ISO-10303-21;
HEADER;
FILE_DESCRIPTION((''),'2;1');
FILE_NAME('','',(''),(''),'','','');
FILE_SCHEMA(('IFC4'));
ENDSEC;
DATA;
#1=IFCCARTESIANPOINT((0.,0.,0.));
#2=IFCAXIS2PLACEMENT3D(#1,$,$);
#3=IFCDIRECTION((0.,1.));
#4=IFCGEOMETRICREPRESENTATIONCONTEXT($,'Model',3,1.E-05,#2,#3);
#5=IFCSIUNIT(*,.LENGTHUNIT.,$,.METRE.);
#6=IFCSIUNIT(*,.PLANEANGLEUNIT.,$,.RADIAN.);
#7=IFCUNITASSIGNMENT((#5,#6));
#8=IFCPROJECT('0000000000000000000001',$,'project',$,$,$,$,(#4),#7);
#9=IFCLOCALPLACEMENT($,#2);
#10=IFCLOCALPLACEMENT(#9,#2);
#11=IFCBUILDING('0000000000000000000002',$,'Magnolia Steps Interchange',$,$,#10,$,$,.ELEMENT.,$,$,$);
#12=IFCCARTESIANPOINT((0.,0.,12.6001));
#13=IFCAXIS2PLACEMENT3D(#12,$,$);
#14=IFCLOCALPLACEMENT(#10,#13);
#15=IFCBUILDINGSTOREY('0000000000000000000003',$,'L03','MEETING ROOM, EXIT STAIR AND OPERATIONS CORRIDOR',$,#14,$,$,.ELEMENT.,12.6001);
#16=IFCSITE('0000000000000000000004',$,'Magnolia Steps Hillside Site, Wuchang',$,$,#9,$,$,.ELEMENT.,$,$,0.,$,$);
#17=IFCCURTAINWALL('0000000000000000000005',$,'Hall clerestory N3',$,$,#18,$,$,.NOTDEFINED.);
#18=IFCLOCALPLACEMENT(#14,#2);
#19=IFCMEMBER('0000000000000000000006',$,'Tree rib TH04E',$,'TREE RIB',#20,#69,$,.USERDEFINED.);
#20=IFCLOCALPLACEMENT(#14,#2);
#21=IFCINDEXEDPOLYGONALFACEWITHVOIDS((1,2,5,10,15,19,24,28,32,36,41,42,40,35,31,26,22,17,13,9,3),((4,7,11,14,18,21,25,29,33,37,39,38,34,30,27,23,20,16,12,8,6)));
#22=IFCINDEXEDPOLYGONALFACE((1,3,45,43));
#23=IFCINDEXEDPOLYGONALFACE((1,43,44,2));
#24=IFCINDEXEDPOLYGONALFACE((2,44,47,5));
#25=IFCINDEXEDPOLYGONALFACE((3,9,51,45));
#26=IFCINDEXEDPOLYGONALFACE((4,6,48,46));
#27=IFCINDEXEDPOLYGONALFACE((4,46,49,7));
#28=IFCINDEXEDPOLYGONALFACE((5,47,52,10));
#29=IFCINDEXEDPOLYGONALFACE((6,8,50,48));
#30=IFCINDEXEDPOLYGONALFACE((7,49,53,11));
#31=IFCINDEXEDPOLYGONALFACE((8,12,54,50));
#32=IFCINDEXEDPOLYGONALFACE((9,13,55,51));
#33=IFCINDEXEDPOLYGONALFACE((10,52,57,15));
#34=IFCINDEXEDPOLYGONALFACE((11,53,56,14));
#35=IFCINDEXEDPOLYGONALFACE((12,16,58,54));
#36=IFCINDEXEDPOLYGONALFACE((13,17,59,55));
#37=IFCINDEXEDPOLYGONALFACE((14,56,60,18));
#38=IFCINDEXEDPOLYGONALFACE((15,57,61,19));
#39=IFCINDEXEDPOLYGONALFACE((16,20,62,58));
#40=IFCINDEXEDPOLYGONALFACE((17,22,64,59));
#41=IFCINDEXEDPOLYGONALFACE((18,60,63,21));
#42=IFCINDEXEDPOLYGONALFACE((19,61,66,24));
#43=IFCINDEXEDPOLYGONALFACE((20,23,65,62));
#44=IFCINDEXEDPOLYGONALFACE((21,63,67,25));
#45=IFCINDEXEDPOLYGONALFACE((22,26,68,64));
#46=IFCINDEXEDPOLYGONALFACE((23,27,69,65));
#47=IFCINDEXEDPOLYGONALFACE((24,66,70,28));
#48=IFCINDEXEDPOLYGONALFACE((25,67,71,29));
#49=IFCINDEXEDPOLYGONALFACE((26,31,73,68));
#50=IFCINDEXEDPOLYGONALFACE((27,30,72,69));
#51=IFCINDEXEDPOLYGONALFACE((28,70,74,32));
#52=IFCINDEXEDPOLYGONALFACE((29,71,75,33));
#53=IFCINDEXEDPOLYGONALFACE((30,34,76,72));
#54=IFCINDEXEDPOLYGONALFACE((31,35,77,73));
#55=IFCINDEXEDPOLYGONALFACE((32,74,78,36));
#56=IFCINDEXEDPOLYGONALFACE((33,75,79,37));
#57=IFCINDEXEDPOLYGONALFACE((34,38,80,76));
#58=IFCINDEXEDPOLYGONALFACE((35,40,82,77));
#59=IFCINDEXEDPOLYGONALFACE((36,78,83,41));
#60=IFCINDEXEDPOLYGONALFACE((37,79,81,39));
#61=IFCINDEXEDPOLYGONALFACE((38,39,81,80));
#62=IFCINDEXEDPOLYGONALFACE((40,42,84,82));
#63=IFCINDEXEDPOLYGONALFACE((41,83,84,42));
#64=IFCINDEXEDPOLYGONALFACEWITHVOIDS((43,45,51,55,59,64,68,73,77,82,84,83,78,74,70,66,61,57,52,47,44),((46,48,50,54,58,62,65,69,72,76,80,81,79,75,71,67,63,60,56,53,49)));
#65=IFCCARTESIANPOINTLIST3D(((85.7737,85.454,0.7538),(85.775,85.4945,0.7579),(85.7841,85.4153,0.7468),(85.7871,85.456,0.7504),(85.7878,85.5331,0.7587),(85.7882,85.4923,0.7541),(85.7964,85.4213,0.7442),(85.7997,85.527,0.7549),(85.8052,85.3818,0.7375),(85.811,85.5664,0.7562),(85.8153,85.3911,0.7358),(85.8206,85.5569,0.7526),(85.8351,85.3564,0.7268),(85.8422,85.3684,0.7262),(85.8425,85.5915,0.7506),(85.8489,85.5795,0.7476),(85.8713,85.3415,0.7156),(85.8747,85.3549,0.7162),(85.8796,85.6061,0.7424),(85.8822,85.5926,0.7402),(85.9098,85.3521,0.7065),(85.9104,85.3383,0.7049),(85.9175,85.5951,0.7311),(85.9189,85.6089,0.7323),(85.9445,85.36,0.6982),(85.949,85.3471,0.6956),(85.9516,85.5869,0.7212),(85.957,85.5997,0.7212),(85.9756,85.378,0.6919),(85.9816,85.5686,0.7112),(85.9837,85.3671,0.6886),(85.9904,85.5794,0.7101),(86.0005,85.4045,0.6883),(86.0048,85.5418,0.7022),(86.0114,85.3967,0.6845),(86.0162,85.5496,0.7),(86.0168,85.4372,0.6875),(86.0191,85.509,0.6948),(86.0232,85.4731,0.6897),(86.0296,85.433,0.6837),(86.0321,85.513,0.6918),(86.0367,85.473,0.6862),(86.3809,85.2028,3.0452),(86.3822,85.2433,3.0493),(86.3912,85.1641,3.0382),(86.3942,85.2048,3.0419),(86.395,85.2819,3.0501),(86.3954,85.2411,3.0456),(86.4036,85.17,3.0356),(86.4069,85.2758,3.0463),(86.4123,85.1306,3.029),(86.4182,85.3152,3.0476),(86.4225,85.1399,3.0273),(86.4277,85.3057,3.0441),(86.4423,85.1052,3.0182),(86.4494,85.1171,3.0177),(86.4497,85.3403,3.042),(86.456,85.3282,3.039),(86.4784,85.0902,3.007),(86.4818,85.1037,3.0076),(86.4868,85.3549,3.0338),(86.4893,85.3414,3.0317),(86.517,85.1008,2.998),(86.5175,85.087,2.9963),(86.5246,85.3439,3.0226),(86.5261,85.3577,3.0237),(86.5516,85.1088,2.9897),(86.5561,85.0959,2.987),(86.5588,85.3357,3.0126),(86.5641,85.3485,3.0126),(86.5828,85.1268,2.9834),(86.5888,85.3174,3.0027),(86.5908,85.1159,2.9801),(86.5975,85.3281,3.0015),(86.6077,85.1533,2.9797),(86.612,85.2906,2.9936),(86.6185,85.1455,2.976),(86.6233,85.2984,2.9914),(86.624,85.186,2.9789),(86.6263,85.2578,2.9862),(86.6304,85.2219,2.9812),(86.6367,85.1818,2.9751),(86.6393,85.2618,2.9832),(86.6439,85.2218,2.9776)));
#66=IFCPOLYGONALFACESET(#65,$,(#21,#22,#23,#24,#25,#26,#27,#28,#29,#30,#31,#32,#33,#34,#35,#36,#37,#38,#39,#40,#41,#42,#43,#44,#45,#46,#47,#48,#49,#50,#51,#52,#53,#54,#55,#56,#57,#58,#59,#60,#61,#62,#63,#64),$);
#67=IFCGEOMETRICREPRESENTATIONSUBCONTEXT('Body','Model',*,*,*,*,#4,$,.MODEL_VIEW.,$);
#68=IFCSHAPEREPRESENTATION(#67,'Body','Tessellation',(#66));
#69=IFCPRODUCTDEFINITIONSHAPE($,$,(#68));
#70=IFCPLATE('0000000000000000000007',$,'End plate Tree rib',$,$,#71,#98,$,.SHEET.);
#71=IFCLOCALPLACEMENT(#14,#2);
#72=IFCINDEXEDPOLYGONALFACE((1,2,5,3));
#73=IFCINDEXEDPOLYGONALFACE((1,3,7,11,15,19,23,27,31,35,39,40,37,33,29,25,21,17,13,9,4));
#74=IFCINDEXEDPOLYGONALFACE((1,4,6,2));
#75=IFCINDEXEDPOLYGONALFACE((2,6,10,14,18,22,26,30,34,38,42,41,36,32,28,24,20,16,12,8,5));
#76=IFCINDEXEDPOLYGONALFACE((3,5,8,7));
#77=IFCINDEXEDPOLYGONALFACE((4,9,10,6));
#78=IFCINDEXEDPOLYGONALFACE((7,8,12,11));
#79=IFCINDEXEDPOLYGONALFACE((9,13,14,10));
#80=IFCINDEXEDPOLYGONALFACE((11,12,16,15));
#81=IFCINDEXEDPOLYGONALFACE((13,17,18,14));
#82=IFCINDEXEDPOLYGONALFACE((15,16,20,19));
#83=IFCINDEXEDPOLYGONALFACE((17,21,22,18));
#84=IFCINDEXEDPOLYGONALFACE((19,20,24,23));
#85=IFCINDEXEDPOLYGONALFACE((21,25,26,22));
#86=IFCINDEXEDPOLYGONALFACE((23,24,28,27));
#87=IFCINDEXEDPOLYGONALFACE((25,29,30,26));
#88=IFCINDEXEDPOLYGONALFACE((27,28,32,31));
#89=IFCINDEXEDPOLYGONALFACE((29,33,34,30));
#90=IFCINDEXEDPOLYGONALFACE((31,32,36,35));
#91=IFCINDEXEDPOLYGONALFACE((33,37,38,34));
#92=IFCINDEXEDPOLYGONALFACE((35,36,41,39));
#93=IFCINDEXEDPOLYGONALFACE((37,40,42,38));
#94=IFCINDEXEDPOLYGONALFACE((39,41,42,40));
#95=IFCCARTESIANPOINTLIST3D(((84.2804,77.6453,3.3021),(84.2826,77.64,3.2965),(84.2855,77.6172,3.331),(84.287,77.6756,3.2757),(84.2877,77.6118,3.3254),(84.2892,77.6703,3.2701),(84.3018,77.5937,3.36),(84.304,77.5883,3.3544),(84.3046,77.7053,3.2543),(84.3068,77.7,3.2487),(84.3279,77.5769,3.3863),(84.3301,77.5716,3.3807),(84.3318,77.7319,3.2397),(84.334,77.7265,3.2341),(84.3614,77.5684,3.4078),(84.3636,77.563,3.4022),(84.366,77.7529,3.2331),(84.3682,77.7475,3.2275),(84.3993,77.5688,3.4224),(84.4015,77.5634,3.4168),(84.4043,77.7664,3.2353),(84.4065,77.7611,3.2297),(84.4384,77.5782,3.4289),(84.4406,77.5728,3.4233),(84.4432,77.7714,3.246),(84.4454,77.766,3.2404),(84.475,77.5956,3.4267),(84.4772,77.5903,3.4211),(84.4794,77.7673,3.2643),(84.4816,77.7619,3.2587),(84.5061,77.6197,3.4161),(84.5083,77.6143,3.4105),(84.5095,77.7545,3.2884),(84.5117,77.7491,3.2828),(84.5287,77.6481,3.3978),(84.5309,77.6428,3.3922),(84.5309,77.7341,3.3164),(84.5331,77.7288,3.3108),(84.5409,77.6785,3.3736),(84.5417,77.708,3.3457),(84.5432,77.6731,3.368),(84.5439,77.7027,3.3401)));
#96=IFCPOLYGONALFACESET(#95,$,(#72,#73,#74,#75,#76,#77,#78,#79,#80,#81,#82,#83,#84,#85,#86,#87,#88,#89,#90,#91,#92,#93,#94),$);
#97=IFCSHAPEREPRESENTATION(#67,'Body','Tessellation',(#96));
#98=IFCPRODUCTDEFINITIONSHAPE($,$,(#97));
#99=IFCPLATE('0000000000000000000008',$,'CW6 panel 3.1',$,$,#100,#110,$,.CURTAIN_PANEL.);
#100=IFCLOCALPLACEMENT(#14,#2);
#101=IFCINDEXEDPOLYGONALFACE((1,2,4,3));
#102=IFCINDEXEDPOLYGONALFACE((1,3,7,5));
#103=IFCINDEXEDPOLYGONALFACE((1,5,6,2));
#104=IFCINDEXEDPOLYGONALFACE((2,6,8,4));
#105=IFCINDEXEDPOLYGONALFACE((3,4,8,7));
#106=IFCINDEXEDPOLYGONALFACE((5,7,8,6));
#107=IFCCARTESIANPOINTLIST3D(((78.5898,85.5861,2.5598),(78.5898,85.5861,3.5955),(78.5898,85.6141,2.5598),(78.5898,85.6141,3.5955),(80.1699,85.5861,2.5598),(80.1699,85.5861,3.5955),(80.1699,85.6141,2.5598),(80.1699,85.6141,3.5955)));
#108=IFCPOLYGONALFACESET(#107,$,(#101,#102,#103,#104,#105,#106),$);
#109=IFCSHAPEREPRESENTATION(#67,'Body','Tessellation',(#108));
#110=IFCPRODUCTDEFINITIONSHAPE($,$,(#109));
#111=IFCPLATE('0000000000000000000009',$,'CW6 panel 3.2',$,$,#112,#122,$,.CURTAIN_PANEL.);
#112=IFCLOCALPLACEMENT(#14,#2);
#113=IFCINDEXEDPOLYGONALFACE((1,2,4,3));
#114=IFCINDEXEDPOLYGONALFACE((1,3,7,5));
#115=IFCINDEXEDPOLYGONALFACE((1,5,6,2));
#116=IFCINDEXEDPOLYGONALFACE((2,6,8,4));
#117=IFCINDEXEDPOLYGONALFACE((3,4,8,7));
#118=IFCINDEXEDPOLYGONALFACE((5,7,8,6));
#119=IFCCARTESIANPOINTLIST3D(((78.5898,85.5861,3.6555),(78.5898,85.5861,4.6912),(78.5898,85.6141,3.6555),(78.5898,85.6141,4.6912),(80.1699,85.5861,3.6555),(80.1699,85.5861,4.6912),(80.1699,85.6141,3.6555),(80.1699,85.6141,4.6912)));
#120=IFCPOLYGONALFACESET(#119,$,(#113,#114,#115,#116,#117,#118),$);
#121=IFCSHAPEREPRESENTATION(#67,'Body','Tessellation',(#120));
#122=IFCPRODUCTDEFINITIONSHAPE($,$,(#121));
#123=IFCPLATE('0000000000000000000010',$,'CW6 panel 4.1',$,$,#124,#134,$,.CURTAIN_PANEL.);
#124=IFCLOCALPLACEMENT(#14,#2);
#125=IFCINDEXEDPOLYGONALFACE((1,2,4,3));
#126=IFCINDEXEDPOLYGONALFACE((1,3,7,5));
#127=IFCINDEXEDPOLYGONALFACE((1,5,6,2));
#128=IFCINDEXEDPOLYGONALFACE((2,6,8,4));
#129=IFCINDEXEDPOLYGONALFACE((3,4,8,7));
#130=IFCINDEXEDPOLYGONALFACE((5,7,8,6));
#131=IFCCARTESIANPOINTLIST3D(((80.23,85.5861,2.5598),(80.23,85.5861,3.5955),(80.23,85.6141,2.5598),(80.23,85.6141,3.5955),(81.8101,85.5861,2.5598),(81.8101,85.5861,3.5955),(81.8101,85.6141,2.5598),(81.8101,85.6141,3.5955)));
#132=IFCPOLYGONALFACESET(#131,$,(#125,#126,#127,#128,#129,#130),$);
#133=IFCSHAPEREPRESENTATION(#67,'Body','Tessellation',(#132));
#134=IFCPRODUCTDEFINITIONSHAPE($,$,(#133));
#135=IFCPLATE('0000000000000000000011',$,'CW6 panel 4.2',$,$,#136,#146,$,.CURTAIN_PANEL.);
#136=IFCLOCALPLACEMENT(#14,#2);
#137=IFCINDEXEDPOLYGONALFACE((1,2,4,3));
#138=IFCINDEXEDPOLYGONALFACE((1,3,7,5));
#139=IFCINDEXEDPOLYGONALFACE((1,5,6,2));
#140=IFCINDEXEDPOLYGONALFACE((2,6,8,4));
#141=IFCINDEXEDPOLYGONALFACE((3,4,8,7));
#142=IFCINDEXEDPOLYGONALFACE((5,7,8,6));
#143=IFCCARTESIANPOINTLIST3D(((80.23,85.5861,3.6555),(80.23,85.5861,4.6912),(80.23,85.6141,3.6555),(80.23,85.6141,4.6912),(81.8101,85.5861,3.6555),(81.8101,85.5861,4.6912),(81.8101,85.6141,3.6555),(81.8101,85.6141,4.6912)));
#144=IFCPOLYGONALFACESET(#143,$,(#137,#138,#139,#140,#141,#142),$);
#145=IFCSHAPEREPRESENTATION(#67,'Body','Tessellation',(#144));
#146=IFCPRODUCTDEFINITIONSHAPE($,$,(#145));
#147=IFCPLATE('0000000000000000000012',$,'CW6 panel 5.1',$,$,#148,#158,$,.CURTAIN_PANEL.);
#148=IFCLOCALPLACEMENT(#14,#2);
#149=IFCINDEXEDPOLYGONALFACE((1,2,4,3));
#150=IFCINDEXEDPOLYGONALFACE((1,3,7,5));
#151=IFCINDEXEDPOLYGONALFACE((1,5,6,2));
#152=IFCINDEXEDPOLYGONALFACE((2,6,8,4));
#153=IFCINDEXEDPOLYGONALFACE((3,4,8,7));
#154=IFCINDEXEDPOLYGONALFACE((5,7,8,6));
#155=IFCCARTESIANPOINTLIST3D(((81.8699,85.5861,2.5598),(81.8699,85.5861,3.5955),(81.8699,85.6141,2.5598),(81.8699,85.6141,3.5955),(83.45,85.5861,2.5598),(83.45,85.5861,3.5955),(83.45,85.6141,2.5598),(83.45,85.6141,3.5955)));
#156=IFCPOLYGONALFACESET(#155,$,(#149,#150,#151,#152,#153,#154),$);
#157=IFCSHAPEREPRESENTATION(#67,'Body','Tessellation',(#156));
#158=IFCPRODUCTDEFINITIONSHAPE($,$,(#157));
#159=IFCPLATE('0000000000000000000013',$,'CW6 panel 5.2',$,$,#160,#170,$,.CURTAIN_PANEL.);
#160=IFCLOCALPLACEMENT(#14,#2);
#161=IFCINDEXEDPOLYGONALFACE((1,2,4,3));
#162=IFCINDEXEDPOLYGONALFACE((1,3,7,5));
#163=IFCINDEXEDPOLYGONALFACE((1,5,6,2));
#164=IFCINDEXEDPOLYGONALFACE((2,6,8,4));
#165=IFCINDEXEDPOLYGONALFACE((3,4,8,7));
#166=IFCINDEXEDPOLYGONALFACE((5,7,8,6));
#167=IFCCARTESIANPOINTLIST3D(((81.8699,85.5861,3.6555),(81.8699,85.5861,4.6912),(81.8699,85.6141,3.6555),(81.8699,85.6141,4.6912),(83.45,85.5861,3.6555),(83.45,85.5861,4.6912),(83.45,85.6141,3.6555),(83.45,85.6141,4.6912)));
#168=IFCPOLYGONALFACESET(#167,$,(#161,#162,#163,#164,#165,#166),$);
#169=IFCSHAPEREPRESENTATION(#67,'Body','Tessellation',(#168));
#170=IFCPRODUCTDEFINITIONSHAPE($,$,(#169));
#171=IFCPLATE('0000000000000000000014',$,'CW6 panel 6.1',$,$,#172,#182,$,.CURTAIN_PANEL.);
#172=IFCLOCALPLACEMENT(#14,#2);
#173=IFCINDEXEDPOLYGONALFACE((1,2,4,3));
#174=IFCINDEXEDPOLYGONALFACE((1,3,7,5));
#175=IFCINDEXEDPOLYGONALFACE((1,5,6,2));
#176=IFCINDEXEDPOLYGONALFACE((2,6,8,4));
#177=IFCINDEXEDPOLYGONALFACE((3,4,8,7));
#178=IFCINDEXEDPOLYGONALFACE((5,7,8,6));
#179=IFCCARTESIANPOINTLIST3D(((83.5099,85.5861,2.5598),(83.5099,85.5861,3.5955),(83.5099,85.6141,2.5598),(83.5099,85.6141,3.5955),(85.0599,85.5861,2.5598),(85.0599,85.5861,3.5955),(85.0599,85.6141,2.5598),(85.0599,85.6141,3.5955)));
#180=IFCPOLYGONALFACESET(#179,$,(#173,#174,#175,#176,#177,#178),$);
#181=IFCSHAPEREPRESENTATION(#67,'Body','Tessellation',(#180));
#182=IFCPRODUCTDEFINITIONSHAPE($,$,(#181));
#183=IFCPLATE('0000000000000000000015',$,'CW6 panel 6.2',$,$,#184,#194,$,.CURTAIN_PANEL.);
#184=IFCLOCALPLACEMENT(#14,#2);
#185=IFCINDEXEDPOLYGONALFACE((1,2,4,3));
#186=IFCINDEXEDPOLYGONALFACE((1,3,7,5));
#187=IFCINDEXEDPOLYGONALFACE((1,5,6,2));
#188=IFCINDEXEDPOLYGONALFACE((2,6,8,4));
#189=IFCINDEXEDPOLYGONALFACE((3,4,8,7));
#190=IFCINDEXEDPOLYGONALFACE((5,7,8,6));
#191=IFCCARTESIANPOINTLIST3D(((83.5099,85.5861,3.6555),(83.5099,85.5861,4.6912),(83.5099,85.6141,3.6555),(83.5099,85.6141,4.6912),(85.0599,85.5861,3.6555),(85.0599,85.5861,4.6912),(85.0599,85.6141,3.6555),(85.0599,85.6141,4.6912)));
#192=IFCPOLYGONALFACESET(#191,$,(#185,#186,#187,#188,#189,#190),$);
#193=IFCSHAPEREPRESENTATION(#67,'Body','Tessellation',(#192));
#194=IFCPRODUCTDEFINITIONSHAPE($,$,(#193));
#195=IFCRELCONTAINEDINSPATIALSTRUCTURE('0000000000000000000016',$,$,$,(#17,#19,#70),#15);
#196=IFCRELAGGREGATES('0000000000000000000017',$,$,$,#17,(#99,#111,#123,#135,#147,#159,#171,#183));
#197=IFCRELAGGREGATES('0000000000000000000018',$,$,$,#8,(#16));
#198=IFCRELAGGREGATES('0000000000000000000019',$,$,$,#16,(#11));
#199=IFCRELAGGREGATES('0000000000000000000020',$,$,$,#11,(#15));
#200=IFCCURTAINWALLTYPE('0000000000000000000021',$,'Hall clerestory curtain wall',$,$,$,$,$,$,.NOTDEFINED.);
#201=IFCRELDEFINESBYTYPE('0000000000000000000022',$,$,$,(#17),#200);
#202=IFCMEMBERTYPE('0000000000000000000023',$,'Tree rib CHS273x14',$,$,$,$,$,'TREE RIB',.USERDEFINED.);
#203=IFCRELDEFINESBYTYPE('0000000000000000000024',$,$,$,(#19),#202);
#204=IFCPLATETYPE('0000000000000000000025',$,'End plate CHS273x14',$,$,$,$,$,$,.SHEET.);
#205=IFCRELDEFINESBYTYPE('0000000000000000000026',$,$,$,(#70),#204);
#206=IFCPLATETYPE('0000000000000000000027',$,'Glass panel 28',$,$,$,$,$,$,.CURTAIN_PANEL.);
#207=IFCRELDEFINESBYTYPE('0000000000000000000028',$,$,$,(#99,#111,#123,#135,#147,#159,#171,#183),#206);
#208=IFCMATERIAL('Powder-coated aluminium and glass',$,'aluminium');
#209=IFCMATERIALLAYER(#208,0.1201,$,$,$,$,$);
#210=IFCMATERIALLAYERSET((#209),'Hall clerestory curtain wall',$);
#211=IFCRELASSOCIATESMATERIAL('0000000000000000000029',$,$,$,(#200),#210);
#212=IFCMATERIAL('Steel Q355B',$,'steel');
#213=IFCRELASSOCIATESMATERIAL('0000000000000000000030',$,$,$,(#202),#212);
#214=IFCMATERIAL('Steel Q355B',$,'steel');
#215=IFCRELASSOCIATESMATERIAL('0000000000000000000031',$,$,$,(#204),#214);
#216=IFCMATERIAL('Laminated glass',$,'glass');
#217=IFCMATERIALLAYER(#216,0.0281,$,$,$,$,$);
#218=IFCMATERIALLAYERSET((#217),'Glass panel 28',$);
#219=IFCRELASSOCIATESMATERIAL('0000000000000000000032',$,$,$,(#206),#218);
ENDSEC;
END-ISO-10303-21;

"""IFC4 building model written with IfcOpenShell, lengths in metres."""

from ifc_helpers import new_model, si_unit, direction, frame, origin, origin_2d, place, context, subcontext, project, spatial, rectangle, circle, hollow_circle, extrude, material, layer, layer_set, material_profile, profile_set, type_object, element, aggregate, save


model = new_model("IFC4")

# Units and contexts
model_context = context("Model", 3, precision=1e-05, world=origin(), true_north=direction((0.0, 1.0)))
body_context = subcontext(model_context, "Body", "Model", "MODEL_VIEW")
ifc_project = project(units=[si_unit("LENGTHUNIT", "METRE"), si_unit("PLANEANGLEUNIT", "RADIAN")], contexts=[model_context])

# Site, building, storey
site_placement = place(None, origin())
site = spatial("IfcSite", under=ifc_project, at=site_placement, Name="Magnolia Steps Hillside Site, Wuchang", CompositionType="ELEMENT", RefElevation=0.0)
building_placement = place(site_placement, origin())
building = spatial("IfcBuilding", under=site, at=building_placement, Name="Magnolia Steps Interchange", CompositionType="ELEMENT")
storey_placement = place(building_placement, frame((0.0, 0.0, 12.6001)))
storey = spatial("IfcBuildingStorey", under=building, at=storey_placement, Name="L03", Description="MEETING ROOM, EXIT STAIR AND OPERATIONS CORRIDOR", CompositionType="ELEMENT", Elevation=12.6001)

# Curtain wall
ifc_material_1 = material(Name="Powder-coated aluminium and glass", Category="aluminium")
ifc_layer_1 = layer(ifc_material_1, 0.1201)
ifc_layer_set_1 = layer_set([ifc_layer_1], Name="Hall clerestory curtain wall")
curtain_wall_type = type_object("IfcCurtainWallType", Name="Hall clerestory curtain wall", PredefinedType="NOTDEFINED", material=ifc_layer_set_1)
curtain_wall_placement = place(storey_placement, origin())
curtain_wall = element("IfcCurtainWall", 1, at=curtain_wall_placement, inside=storey, type_object=curtain_wall_type, Name="Hall clerestory N3", PredefinedType="NOTDEFINED")

# Member
ifc_material_2 = material(Name="Steel Q355B", Category="steel")
ifc_material_profile_1 = material_profile(ifc_material_2, hollow_circle(Radius=0.1365, WallThickness=0.0139, at=origin_2d()), Name="CHS273x14")
ifc_profile_set_1 = profile_set([ifc_material_profile_1], Name="Steel Q355B")
member_type_1 = type_object("IfcMemberType", Name="Tree rib CHS273x14", ElementType="TREE RIB", PredefinedType="USERDEFINED", material=ifc_profile_set_1)
for number, where, z_axis, x_axis, name in (
    (2, (85.9048, 85.4736, 0.7212), (0.254704, -0.105384, 0.96126), (0.382319, 0.92403, 0.0), "Tree rib TH04E"),
):
    element("IfcMember", number, at=place(storey_placement, frame(where, z_axis=z_axis, x_axis=x_axis)), inside=storey, type_object=member_type_1, Name=name, ObjectType="TREE RIB", PredefinedType="USERDEFINED", context=body_context, shape_type="SweptSolid", body=[
        extrude(hollow_circle(Radius=0.1365, WallThickness=0.0139, at=origin_2d()), origin(), (0.0, 0.0, 1.0), 2.3838),
    ])

# Plates
ifc_material_3 = material(Name="Steel Q355B", Category="steel")
ifc_material_profile_2 = material_profile(ifc_material_3, circle(Radius=0.1365, at=origin_2d()), Name="End plate CHS273x14")
ifc_profile_set_2 = profile_set([ifc_material_profile_2], Name="Steel Q355B")
plate_type_1 = type_object("IfcPlateType", Name="End plate CHS273x14", PredefinedType="SHEET", material=ifc_profile_set_2)
plate_1_placement = place(storey_placement, frame((84.4138, 77.6641, 3.3254), z_axis=(-0.275279, 0.664583, 0.694658), x_axis=(-0.92388, -0.382683, 0.0)))
element("IfcPlate", 3, at=plate_1_placement, inside=storey, type_object=plate_type_1, Name="End plate Tree rib", PredefinedType="SHEET", context=body_context, shape_type="SweptSolid", body=[
    extrude(circle(Radius=0.1365, at=origin_2d()), origin(), (0.0, 0.0, 1.0), 0.0081),
])
ifc_material_4 = material(Name="Laminated glass", Category="glass")
ifc_layer_2 = layer(ifc_material_4, 0.0281)
ifc_layer_set_2 = layer_set([ifc_layer_2], Name="Glass panel 28")
plate_type_2 = type_object("IfcPlateType", Name="Glass panel 28", PredefinedType="CURTAIN_PANEL", material=ifc_layer_set_2)
plate_2_placement = place(storey_placement, frame((79.3799, 85.6001, 2.5598), z_axis=(0.0, 0.0, 1.0), x_axis=(1.0, 0.0, 0.0)))
plate_2 = element("IfcPlate", 4, at=plate_2_placement, type_object=plate_type_2, Name="CW6 panel 3.1", PredefinedType="CURTAIN_PANEL", context=body_context, shape_type="SweptSolid", body=[
    extrude(rectangle(XDim=1.5801, YDim=0.0281, at=origin_2d()), origin(), (0.0, 0.0, 1.0), 1.0356),
])
plate_3_placement = place(storey_placement, frame((79.3799, 85.6001, 3.6555), z_axis=(0.0, 0.0, 1.0), x_axis=(1.0, 0.0, 0.0)))
plate_3 = element("IfcPlate", 5, at=plate_3_placement, type_object=plate_type_2, Name="CW6 panel 3.2", PredefinedType="CURTAIN_PANEL", context=body_context, shape_type="SweptSolid", body=[
    extrude(rectangle(XDim=1.5801, YDim=0.0281, at=origin_2d()), origin(), (0.0, 0.0, 1.0), 1.0356),
])
plate_4_placement = place(storey_placement, frame((81.02, 85.6001, 2.5598), z_axis=(0.0, 0.0, 1.0), x_axis=(1.0, 0.0, 0.0)))
plate_4 = element("IfcPlate", 6, at=plate_4_placement, type_object=plate_type_2, Name="CW6 panel 4.1", PredefinedType="CURTAIN_PANEL", context=body_context, shape_type="SweptSolid", body=[
    extrude(rectangle(XDim=1.5801, YDim=0.0281, at=origin_2d()), origin(), (0.0, 0.0, 1.0), 1.0356),
])
plate_5_placement = place(storey_placement, frame((81.02, 85.6001, 3.6555), z_axis=(0.0, 0.0, 1.0), x_axis=(1.0, 0.0, 0.0)))
plate_5 = element("IfcPlate", 7, at=plate_5_placement, type_object=plate_type_2, Name="CW6 panel 4.2", PredefinedType="CURTAIN_PANEL", context=body_context, shape_type="SweptSolid", body=[
    extrude(rectangle(XDim=1.5801, YDim=0.0281, at=origin_2d()), origin(), (0.0, 0.0, 1.0), 1.0356),
])
plate_6_placement = place(storey_placement, frame((82.6599, 85.6001, 2.5598), z_axis=(0.0, 0.0, 1.0), x_axis=(1.0, 0.0, 0.0)))
plate_6 = element("IfcPlate", 8, at=plate_6_placement, type_object=plate_type_2, Name="CW6 panel 5.1", PredefinedType="CURTAIN_PANEL", context=body_context, shape_type="SweptSolid", body=[
    extrude(rectangle(XDim=1.5801, YDim=0.0281, at=origin_2d()), origin(), (0.0, 0.0, 1.0), 1.0356),
])
plate_7_placement = place(storey_placement, frame((82.6599, 85.6001, 3.6555), z_axis=(0.0, 0.0, 1.0), x_axis=(1.0, 0.0, 0.0)))
plate_7 = element("IfcPlate", 9, at=plate_7_placement, type_object=plate_type_2, Name="CW6 panel 5.2", PredefinedType="CURTAIN_PANEL", context=body_context, shape_type="SweptSolid", body=[
    extrude(rectangle(XDim=1.5801, YDim=0.0281, at=origin_2d()), origin(), (0.0, 0.0, 1.0), 1.0356),
])
plate_8_placement = place(storey_placement, frame((84.2849, 85.6001, 2.5598), z_axis=(0.0, 0.0, 1.0), x_axis=(1.0, 0.0, 0.0)))
plate_8 = element("IfcPlate", 10, at=plate_8_placement, type_object=plate_type_2, Name="CW6 panel 6.1", PredefinedType="CURTAIN_PANEL", context=body_context, shape_type="SweptSolid", body=[
    extrude(rectangle(XDim=1.55, YDim=0.0281, at=origin_2d()), origin(), (0.0, 0.0, 1.0), 1.0356),
])
plate_9_placement = place(storey_placement, frame((84.2849, 85.6001, 3.6555), z_axis=(0.0, 0.0, 1.0), x_axis=(1.0, 0.0, 0.0)))
plate_9 = element("IfcPlate", 11, at=plate_9_placement, type_object=plate_type_2, Name="CW6 panel 6.2", PredefinedType="CURTAIN_PANEL", context=body_context, shape_type="SweptSolid", body=[
    extrude(rectangle(XDim=1.55, YDim=0.0281, at=origin_2d()), origin(), (0.0, 0.0, 1.0), 1.0356),
])
aggregate(curtain_wall, [plate_2, plate_3, plate_4, plate_5, plate_6, plate_7, plate_8, plate_9])

save(model, "model.ifc")
